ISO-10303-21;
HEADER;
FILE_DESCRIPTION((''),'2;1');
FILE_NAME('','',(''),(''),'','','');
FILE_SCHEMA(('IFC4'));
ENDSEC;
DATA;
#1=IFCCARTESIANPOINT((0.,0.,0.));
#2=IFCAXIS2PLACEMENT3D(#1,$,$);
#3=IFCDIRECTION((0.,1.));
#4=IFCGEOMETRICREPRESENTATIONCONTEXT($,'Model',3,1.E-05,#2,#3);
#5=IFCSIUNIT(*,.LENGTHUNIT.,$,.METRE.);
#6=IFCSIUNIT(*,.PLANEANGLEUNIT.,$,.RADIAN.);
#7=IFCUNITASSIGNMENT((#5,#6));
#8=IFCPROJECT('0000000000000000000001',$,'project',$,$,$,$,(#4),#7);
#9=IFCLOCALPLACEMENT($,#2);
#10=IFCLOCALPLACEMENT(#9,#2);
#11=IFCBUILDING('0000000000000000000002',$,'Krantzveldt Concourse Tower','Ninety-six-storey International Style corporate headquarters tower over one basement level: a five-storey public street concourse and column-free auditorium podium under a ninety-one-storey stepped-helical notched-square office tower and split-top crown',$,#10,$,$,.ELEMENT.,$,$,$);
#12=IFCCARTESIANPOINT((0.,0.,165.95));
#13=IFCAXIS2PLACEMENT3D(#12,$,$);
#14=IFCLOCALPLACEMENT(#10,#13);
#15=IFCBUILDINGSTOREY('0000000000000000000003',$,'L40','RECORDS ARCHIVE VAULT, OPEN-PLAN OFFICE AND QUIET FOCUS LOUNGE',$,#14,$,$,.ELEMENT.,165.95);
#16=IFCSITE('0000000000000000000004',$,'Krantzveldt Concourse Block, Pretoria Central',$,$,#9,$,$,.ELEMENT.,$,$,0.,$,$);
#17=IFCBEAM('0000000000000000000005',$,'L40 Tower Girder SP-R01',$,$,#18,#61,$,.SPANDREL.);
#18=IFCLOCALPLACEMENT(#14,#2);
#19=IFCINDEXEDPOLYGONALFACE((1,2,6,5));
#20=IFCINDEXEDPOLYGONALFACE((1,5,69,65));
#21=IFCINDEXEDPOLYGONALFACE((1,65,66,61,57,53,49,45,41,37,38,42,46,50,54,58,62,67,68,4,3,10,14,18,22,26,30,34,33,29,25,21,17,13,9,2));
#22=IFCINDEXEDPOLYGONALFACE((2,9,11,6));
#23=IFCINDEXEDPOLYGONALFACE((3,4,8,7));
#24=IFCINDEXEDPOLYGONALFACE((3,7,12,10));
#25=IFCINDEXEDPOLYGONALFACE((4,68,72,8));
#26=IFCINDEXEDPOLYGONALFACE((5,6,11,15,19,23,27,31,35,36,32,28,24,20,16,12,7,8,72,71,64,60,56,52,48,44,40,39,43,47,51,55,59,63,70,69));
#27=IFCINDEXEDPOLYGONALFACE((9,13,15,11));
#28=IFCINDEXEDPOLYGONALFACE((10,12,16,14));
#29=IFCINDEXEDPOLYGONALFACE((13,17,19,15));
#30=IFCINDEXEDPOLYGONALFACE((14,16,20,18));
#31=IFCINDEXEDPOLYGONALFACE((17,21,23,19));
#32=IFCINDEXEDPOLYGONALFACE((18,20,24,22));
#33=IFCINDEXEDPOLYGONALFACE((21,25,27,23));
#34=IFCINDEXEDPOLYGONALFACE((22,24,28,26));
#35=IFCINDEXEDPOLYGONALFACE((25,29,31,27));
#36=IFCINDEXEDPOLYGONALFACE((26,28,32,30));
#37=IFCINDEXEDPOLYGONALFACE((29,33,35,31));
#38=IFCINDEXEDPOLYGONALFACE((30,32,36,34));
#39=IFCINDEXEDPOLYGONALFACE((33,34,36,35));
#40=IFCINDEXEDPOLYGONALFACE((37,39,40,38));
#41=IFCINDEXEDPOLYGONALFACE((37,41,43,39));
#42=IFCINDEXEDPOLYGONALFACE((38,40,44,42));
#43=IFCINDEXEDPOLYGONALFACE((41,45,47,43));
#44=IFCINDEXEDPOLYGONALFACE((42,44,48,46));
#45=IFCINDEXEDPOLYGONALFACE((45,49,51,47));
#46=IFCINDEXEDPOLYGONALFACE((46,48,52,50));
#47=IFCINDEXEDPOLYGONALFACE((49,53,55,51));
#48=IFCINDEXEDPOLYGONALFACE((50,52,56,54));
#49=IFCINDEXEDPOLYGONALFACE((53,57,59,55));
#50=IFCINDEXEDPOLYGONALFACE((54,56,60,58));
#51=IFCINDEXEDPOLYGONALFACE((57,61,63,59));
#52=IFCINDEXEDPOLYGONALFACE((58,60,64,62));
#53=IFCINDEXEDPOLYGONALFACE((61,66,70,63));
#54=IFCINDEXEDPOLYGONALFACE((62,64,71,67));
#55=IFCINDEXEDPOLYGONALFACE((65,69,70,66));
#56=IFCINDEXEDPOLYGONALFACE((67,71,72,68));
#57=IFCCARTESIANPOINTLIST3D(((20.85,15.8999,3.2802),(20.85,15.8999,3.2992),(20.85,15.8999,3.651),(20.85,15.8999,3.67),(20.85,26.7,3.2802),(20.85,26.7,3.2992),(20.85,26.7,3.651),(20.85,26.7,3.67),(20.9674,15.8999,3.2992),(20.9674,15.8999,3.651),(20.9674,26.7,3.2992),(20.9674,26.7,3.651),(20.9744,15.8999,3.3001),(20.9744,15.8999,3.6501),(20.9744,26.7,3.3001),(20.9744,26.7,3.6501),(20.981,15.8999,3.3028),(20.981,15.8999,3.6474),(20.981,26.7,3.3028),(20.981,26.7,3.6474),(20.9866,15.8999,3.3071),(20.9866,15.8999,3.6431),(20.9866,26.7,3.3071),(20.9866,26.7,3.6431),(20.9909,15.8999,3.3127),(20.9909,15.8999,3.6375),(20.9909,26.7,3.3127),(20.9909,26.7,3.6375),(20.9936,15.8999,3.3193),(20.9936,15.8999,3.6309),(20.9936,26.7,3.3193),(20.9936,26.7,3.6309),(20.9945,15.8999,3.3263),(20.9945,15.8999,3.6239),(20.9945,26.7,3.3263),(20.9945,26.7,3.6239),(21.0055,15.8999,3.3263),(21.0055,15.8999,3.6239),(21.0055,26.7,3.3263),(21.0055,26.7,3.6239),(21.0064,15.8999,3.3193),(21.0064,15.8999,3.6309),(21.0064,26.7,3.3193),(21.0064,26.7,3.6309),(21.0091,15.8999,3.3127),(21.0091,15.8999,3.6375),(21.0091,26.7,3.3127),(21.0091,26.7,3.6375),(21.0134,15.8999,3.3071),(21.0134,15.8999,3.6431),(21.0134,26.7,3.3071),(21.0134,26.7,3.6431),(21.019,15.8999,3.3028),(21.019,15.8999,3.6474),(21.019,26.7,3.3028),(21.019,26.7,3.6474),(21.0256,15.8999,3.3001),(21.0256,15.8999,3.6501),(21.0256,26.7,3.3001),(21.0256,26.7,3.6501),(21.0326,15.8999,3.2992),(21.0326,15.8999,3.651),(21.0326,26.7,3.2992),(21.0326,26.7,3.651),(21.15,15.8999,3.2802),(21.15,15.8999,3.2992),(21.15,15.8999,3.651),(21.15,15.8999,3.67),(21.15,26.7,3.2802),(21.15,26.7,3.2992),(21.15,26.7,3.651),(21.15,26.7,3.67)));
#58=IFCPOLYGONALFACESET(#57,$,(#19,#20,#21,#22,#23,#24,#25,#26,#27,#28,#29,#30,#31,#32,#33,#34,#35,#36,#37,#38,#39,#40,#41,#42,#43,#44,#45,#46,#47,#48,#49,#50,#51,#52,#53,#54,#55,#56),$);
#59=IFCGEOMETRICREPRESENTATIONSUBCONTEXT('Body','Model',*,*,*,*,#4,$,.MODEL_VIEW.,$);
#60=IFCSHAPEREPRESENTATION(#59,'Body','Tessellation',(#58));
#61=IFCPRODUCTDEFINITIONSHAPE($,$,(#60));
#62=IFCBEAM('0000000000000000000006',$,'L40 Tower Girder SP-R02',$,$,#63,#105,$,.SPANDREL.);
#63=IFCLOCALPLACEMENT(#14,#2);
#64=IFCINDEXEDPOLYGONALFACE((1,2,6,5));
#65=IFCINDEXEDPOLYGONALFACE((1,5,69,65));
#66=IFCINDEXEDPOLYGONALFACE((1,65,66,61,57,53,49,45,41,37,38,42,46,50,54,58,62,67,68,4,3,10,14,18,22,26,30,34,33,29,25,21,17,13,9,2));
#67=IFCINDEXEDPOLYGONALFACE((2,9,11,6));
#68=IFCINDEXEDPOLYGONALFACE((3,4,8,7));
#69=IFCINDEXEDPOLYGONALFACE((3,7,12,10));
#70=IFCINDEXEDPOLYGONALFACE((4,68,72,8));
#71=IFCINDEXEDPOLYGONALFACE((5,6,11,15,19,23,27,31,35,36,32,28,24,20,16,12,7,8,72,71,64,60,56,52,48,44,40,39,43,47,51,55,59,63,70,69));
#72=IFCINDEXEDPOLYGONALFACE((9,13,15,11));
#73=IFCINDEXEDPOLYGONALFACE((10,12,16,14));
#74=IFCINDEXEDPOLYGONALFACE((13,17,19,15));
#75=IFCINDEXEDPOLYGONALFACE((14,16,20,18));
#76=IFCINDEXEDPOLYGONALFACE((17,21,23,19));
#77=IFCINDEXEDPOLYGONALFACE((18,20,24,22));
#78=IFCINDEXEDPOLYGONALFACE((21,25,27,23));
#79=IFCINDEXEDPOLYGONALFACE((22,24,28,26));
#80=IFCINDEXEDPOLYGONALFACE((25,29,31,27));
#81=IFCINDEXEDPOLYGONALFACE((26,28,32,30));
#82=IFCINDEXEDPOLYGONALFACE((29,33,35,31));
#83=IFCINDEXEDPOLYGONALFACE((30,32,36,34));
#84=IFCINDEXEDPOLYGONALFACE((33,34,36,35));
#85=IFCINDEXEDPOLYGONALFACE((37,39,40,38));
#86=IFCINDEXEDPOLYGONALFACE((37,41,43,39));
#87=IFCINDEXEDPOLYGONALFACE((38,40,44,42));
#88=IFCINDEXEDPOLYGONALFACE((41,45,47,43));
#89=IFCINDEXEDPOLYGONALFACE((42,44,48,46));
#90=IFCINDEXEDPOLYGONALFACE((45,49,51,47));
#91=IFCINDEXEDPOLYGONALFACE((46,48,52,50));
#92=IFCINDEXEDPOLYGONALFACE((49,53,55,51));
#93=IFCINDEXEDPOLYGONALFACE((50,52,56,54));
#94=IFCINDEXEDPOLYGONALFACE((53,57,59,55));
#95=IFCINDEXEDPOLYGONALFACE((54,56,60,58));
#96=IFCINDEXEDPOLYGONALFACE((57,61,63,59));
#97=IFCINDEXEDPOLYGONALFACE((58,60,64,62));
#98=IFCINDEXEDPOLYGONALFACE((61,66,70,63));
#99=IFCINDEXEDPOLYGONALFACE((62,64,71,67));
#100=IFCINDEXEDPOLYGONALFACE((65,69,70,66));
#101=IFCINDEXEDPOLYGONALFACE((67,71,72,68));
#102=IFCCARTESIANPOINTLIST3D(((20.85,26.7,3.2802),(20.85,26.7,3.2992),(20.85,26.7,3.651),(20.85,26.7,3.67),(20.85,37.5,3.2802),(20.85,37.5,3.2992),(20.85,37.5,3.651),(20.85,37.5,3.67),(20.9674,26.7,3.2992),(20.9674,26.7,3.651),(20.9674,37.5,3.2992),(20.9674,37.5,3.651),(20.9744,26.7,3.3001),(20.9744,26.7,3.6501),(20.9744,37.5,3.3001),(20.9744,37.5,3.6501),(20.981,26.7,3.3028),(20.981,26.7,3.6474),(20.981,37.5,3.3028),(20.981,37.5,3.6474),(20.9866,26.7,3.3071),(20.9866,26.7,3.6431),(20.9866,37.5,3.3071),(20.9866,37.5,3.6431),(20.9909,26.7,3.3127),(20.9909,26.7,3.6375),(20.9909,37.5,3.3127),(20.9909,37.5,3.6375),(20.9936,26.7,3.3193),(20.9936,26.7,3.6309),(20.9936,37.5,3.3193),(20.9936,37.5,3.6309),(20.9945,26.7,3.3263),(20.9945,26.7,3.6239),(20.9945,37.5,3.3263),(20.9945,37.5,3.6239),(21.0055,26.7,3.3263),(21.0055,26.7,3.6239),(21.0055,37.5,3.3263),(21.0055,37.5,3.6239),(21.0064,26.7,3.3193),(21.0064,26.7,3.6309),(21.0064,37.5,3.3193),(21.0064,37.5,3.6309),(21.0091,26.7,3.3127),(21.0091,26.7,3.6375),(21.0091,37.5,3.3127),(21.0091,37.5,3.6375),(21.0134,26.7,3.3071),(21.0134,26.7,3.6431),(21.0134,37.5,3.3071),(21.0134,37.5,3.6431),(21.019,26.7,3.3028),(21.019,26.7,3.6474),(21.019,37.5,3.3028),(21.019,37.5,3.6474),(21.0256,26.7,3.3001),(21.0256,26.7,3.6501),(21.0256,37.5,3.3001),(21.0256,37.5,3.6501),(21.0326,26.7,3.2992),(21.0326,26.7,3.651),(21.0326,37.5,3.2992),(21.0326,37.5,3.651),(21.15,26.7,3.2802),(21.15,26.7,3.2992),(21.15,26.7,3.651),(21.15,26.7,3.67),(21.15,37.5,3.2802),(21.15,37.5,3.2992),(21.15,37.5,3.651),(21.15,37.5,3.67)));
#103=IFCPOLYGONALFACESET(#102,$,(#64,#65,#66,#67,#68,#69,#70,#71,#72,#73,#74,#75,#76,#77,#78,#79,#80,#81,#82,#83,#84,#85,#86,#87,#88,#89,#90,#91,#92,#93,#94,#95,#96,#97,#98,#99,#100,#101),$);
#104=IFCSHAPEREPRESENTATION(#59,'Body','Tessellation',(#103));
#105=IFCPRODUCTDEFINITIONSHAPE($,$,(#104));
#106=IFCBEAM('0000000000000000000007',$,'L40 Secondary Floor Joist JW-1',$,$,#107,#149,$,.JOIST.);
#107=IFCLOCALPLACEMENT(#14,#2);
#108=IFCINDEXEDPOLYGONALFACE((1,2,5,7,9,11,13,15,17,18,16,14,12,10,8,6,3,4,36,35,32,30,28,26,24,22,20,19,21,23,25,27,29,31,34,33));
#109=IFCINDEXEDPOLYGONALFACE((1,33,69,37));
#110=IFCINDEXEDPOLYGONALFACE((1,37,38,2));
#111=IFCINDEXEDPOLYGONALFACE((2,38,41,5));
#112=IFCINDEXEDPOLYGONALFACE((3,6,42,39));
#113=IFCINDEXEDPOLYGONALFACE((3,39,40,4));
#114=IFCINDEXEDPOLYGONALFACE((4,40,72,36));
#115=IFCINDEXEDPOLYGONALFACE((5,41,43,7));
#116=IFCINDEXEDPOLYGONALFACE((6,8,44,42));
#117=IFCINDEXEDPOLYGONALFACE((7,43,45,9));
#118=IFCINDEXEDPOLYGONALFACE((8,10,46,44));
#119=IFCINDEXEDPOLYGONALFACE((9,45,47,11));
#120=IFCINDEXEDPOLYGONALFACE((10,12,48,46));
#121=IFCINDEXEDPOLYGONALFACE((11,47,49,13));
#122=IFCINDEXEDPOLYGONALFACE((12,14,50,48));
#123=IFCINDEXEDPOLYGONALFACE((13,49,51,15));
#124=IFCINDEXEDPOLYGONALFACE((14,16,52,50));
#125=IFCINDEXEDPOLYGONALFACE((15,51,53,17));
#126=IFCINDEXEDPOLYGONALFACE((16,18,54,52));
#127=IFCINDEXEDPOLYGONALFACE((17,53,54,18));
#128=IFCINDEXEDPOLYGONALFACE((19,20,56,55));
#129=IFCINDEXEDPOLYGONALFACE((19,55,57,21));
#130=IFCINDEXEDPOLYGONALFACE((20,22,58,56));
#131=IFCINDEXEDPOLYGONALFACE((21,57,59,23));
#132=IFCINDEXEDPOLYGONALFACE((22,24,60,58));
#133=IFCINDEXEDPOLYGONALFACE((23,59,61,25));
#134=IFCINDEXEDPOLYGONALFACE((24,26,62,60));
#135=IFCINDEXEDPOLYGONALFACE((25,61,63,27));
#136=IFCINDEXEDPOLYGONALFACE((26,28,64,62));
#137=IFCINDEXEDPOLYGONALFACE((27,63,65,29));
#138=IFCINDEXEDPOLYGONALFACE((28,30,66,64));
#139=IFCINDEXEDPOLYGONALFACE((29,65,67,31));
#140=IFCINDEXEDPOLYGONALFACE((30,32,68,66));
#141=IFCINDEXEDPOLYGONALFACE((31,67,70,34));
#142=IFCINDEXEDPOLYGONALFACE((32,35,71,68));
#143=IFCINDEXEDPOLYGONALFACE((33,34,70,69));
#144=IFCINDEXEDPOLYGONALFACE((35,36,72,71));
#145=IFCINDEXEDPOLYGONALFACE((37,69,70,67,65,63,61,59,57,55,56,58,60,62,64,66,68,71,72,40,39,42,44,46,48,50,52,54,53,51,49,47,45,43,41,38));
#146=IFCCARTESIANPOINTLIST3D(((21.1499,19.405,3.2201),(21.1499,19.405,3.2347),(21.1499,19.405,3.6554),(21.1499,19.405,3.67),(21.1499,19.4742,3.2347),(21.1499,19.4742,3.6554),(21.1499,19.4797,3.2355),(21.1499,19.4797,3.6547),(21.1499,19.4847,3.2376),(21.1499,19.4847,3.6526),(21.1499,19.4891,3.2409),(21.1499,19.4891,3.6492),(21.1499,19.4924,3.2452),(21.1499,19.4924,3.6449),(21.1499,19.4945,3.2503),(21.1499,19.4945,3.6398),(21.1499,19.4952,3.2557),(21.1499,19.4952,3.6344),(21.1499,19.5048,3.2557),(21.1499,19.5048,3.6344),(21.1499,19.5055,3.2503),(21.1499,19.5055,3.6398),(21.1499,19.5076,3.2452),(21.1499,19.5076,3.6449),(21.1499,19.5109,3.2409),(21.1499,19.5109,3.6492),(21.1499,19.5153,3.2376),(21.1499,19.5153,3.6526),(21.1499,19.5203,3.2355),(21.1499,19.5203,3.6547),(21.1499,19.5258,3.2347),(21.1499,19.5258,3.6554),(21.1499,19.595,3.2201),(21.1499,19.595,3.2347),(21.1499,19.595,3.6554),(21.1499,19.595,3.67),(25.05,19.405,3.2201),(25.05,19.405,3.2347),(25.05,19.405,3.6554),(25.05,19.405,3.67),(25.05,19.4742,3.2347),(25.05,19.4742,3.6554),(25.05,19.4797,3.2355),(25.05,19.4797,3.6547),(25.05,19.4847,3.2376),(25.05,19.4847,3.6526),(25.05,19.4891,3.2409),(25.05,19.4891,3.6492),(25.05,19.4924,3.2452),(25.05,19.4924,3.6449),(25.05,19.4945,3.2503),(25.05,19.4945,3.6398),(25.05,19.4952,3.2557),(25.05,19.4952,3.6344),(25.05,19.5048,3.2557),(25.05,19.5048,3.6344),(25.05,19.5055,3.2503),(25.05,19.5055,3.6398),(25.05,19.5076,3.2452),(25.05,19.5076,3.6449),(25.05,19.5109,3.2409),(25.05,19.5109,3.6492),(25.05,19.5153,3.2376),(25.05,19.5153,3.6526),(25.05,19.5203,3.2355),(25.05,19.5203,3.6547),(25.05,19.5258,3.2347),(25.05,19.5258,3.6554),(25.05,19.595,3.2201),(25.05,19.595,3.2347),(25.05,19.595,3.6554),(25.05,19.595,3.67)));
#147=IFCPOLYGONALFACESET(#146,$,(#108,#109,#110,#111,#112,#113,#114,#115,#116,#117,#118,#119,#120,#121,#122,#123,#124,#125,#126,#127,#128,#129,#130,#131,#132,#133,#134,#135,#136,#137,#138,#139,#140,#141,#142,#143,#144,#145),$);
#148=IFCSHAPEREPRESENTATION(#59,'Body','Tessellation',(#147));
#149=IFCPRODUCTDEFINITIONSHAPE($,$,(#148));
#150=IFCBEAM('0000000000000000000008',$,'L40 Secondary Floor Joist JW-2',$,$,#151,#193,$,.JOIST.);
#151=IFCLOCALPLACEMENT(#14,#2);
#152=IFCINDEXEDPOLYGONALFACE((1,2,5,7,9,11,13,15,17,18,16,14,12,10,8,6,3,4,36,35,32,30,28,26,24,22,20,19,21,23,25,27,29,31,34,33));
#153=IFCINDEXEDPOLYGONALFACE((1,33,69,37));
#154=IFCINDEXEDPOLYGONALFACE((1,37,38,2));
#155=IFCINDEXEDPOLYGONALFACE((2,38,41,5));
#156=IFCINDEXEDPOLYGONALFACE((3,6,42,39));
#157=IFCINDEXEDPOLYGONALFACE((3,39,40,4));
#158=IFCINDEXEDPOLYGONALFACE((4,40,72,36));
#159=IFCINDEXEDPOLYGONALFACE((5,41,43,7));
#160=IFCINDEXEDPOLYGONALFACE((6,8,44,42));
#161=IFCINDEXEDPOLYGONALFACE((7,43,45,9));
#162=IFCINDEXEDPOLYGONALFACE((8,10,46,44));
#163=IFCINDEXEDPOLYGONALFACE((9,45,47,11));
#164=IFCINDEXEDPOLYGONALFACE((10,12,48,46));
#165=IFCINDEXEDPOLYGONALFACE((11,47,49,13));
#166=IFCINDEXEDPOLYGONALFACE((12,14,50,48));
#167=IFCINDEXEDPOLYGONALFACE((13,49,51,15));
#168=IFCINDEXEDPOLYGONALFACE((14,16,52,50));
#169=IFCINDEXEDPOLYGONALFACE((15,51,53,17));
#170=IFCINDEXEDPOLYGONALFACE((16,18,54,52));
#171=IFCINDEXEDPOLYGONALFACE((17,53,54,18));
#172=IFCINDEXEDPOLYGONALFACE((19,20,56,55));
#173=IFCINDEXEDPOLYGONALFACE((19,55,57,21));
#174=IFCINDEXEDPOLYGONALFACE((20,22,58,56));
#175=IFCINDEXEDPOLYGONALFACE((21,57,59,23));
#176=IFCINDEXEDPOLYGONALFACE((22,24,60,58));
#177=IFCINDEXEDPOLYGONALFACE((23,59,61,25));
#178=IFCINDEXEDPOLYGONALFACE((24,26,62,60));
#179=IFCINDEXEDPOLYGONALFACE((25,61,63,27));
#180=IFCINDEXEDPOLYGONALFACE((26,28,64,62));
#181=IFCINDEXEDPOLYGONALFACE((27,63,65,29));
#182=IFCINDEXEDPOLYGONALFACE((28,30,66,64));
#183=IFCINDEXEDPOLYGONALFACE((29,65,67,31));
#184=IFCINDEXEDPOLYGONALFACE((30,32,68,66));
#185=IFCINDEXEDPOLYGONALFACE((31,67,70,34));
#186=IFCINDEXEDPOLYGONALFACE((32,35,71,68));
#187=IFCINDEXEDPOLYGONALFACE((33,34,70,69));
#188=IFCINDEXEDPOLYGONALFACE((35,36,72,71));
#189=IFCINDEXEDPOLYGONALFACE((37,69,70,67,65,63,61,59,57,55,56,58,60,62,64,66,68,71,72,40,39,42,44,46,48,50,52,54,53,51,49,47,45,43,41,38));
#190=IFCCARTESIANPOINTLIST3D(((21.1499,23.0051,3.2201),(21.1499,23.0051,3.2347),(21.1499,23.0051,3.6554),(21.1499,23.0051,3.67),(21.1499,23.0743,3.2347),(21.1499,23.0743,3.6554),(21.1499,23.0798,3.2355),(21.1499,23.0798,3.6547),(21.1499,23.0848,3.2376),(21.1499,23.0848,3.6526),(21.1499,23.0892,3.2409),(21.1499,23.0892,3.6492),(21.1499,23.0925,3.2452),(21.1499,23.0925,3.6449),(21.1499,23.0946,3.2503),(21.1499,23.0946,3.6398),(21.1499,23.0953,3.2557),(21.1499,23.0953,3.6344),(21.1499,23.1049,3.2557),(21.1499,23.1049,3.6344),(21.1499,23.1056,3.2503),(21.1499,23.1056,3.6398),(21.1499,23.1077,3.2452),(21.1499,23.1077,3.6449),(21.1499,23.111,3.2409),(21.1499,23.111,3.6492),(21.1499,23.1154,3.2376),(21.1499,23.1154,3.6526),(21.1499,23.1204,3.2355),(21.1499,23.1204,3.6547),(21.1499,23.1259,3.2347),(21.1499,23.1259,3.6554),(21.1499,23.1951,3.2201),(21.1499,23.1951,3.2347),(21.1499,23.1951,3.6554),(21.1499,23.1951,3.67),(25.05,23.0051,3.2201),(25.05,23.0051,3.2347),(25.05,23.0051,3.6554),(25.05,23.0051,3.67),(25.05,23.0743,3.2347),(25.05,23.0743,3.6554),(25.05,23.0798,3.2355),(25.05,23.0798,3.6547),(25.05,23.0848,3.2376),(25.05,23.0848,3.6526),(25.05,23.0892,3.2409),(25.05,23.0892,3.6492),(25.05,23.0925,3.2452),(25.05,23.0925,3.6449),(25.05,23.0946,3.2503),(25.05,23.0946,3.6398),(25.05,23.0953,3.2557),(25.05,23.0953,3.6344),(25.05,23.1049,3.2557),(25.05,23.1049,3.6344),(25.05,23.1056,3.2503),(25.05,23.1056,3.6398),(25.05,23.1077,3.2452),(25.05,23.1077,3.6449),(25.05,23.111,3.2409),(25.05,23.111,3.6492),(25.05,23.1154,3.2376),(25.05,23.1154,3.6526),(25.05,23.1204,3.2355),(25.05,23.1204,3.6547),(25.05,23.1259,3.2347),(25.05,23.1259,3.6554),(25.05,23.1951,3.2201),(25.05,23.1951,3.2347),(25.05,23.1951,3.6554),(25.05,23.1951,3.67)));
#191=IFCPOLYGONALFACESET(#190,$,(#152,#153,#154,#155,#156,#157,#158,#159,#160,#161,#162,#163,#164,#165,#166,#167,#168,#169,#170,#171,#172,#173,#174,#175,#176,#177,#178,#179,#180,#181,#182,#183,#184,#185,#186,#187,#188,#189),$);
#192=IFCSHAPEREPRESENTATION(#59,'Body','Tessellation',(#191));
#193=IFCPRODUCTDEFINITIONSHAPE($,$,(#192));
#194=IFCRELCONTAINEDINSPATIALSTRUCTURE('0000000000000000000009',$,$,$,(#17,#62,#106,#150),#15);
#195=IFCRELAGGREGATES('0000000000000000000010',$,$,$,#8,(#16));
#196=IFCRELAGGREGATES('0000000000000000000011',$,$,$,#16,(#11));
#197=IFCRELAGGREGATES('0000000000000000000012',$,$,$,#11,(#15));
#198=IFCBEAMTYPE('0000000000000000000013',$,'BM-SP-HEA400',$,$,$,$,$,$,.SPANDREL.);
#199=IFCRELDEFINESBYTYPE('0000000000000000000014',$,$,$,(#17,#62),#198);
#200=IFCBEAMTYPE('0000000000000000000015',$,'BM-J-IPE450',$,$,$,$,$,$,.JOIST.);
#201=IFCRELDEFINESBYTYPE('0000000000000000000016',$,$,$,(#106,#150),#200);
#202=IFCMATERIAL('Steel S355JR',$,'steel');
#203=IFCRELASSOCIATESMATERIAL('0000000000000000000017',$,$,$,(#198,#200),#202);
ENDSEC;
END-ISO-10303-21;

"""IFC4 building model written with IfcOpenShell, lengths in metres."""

from ifc_helpers import new_model, si_unit, direction, frame, origin, origin_2d, place, context, subcontext, project, spatial, i_section, extrude, source, transform, mapped, material, material_profile, profile_set, type_object, type_shapes, element, save


model = new_model("IFC4")

# Units and contexts
model_context = context("Model", 3, precision=1e-05, world=origin(), true_north=direction((0.0, 1.0)))
body_context = subcontext(model_context, "Body", "Model", "MODEL_VIEW")
ifc_project = project(units=[si_unit("LENGTHUNIT", "METRE"), si_unit("PLANEANGLEUNIT", "RADIAN")], contexts=[model_context])

# Site, building, storey
site_placement = place(None, origin())
site = spatial("IfcSite", under=ifc_project, at=site_placement, Name="Krantzveldt Concourse Block, Pretoria Central", CompositionType="ELEMENT", RefElevation=0.0)
building_placement = place(site_placement, origin())
building = spatial("IfcBuilding", under=site, at=building_placement, Name="Krantzveldt Concourse Tower", Description="Ninety-six-storey International Style corporate headquarters tower over one basement level: a five-storey public street concourse and column-free auditorium podium under a ninety-one-storey stepped-helical notched-square office tower and split-top crown", CompositionType="ELEMENT")
storey_placement = place(building_placement, frame((0.0, 0.0, 165.95)))
storey = spatial("IfcBuildingStorey", under=building, at=storey_placement, Name="L40", Description="RECORDS ARCHIVE VAULT, OPEN-PLAN OFFICE AND QUIET FOCUS LOUNGE", CompositionType="ELEMENT", Elevation=165.95)

# Beams
ifc_material_1 = material(Name="Steel S355JR", Category="steel")
ifc_material_profile_1 = material_profile(ifc_material_1, i_section(OverallWidth=0.3, OverallDepth=0.3899, WebThickness=0.011, FlangeThickness=0.019, FilletRadius=0.0271, at=origin_2d()), Name="Steel S355JR", Category="steel")
ifc_profile_set_1 = profile_set([ifc_material_profile_1], Name="Steel S355JR - HEA 400")
beam_type_1 = type_object("IfcBeamType", Name="BM-SP-HEA400", PredefinedType="SPANDREL", material=ifc_profile_set_1)
shared_shape_1 = source(origin(), body_context, "Body", "SweptSolid", [
    extrude(i_section(OverallWidth=0.3, OverallDepth=0.3899, WebThickness=0.011, FlangeThickness=0.019, FilletRadius=0.0271, at=origin_2d()), origin(), (0.0, 0.0, 1.0), 10.8),
])
type_shapes(beam_type_1, [shared_shape_1])
for number, where, z_axis, x_axis, name in (
    (1, (21.0, 15.8999, 3.4751), (0.0, 1.0, 0.0), (-1.0, 0.0, 0.0), "L40 Tower Girder SP-R01"),
    (2, (21.0, 26.7, 3.4751), (0.0, 1.0, 0.0), (-1.0, 0.0, 0.0), "L40 Tower Girder SP-R02"),
):
    element("IfcBeam", number, at=place(storey_placement, frame(where, z_axis=z_axis, x_axis=x_axis)), inside=storey, type_object=beam_type_1, Name=name, PredefinedType="SPANDREL", context=body_context, shape_type="MappedRepresentation", body=[
        mapped(shared_shape_1, transform((0.0, 0.0, 0.0), x_axis=(1.0, 0.0, 0.0), y_axis=(0.0, 1.0, 0.0), z_axis=(0.0, 0.0, 1.0), scale=1.0)),
    ])
ifc_material_profile_2 = material_profile(ifc_material_1, i_section(OverallWidth=0.1899, OverallDepth=0.45, WebThickness=0.0095, FlangeThickness=0.0146, FilletRadius=0.021, at=origin_2d()), Name="Steel S355JR", Category="steel")
ifc_profile_set_2 = profile_set([ifc_material_profile_2], Name="Steel S355JR - IPE 450")
beam_type_2 = type_object("IfcBeamType", Name="BM-J-IPE450", PredefinedType="JOIST", material=ifc_profile_set_2)
shared_shape_2 = source(origin(), body_context, "Body", "SweptSolid", [
    extrude(i_section(OverallWidth=0.1899, OverallDepth=0.45, WebThickness=0.0095, FlangeThickness=0.0146, FilletRadius=0.021, at=origin_2d()), origin(), (0.0, 0.0, 1.0), 3.9001),
])
type_shapes(beam_type_2, [shared_shape_2])
for number, where, z_axis, x_axis, name in (
    (3, (21.1499, 19.5, 3.4451), (1.0, 0.0, 0.0), (0.0, 1.0, 0.0), "L40 Secondary Floor Joist JW-1"),
    (4, (21.1499, 23.1001, 3.4451), (1.0, 0.0, 0.0), (0.0, 1.0, 0.0), "L40 Secondary Floor Joist JW-2"),
):
    element("IfcBeam", number, at=place(storey_placement, frame(where, z_axis=z_axis, x_axis=x_axis)), inside=storey, type_object=beam_type_2, Name=name, PredefinedType="JOIST", context=body_context, shape_type="MappedRepresentation", body=[
        mapped(shared_shape_2, transform((0.0, 0.0, 0.0), x_axis=(1.0, 0.0, 0.0), y_axis=(0.0, 1.0, 0.0), z_axis=(0.0, 0.0, 1.0), scale=1.0)),
    ])

save(model, "model.ifc")
